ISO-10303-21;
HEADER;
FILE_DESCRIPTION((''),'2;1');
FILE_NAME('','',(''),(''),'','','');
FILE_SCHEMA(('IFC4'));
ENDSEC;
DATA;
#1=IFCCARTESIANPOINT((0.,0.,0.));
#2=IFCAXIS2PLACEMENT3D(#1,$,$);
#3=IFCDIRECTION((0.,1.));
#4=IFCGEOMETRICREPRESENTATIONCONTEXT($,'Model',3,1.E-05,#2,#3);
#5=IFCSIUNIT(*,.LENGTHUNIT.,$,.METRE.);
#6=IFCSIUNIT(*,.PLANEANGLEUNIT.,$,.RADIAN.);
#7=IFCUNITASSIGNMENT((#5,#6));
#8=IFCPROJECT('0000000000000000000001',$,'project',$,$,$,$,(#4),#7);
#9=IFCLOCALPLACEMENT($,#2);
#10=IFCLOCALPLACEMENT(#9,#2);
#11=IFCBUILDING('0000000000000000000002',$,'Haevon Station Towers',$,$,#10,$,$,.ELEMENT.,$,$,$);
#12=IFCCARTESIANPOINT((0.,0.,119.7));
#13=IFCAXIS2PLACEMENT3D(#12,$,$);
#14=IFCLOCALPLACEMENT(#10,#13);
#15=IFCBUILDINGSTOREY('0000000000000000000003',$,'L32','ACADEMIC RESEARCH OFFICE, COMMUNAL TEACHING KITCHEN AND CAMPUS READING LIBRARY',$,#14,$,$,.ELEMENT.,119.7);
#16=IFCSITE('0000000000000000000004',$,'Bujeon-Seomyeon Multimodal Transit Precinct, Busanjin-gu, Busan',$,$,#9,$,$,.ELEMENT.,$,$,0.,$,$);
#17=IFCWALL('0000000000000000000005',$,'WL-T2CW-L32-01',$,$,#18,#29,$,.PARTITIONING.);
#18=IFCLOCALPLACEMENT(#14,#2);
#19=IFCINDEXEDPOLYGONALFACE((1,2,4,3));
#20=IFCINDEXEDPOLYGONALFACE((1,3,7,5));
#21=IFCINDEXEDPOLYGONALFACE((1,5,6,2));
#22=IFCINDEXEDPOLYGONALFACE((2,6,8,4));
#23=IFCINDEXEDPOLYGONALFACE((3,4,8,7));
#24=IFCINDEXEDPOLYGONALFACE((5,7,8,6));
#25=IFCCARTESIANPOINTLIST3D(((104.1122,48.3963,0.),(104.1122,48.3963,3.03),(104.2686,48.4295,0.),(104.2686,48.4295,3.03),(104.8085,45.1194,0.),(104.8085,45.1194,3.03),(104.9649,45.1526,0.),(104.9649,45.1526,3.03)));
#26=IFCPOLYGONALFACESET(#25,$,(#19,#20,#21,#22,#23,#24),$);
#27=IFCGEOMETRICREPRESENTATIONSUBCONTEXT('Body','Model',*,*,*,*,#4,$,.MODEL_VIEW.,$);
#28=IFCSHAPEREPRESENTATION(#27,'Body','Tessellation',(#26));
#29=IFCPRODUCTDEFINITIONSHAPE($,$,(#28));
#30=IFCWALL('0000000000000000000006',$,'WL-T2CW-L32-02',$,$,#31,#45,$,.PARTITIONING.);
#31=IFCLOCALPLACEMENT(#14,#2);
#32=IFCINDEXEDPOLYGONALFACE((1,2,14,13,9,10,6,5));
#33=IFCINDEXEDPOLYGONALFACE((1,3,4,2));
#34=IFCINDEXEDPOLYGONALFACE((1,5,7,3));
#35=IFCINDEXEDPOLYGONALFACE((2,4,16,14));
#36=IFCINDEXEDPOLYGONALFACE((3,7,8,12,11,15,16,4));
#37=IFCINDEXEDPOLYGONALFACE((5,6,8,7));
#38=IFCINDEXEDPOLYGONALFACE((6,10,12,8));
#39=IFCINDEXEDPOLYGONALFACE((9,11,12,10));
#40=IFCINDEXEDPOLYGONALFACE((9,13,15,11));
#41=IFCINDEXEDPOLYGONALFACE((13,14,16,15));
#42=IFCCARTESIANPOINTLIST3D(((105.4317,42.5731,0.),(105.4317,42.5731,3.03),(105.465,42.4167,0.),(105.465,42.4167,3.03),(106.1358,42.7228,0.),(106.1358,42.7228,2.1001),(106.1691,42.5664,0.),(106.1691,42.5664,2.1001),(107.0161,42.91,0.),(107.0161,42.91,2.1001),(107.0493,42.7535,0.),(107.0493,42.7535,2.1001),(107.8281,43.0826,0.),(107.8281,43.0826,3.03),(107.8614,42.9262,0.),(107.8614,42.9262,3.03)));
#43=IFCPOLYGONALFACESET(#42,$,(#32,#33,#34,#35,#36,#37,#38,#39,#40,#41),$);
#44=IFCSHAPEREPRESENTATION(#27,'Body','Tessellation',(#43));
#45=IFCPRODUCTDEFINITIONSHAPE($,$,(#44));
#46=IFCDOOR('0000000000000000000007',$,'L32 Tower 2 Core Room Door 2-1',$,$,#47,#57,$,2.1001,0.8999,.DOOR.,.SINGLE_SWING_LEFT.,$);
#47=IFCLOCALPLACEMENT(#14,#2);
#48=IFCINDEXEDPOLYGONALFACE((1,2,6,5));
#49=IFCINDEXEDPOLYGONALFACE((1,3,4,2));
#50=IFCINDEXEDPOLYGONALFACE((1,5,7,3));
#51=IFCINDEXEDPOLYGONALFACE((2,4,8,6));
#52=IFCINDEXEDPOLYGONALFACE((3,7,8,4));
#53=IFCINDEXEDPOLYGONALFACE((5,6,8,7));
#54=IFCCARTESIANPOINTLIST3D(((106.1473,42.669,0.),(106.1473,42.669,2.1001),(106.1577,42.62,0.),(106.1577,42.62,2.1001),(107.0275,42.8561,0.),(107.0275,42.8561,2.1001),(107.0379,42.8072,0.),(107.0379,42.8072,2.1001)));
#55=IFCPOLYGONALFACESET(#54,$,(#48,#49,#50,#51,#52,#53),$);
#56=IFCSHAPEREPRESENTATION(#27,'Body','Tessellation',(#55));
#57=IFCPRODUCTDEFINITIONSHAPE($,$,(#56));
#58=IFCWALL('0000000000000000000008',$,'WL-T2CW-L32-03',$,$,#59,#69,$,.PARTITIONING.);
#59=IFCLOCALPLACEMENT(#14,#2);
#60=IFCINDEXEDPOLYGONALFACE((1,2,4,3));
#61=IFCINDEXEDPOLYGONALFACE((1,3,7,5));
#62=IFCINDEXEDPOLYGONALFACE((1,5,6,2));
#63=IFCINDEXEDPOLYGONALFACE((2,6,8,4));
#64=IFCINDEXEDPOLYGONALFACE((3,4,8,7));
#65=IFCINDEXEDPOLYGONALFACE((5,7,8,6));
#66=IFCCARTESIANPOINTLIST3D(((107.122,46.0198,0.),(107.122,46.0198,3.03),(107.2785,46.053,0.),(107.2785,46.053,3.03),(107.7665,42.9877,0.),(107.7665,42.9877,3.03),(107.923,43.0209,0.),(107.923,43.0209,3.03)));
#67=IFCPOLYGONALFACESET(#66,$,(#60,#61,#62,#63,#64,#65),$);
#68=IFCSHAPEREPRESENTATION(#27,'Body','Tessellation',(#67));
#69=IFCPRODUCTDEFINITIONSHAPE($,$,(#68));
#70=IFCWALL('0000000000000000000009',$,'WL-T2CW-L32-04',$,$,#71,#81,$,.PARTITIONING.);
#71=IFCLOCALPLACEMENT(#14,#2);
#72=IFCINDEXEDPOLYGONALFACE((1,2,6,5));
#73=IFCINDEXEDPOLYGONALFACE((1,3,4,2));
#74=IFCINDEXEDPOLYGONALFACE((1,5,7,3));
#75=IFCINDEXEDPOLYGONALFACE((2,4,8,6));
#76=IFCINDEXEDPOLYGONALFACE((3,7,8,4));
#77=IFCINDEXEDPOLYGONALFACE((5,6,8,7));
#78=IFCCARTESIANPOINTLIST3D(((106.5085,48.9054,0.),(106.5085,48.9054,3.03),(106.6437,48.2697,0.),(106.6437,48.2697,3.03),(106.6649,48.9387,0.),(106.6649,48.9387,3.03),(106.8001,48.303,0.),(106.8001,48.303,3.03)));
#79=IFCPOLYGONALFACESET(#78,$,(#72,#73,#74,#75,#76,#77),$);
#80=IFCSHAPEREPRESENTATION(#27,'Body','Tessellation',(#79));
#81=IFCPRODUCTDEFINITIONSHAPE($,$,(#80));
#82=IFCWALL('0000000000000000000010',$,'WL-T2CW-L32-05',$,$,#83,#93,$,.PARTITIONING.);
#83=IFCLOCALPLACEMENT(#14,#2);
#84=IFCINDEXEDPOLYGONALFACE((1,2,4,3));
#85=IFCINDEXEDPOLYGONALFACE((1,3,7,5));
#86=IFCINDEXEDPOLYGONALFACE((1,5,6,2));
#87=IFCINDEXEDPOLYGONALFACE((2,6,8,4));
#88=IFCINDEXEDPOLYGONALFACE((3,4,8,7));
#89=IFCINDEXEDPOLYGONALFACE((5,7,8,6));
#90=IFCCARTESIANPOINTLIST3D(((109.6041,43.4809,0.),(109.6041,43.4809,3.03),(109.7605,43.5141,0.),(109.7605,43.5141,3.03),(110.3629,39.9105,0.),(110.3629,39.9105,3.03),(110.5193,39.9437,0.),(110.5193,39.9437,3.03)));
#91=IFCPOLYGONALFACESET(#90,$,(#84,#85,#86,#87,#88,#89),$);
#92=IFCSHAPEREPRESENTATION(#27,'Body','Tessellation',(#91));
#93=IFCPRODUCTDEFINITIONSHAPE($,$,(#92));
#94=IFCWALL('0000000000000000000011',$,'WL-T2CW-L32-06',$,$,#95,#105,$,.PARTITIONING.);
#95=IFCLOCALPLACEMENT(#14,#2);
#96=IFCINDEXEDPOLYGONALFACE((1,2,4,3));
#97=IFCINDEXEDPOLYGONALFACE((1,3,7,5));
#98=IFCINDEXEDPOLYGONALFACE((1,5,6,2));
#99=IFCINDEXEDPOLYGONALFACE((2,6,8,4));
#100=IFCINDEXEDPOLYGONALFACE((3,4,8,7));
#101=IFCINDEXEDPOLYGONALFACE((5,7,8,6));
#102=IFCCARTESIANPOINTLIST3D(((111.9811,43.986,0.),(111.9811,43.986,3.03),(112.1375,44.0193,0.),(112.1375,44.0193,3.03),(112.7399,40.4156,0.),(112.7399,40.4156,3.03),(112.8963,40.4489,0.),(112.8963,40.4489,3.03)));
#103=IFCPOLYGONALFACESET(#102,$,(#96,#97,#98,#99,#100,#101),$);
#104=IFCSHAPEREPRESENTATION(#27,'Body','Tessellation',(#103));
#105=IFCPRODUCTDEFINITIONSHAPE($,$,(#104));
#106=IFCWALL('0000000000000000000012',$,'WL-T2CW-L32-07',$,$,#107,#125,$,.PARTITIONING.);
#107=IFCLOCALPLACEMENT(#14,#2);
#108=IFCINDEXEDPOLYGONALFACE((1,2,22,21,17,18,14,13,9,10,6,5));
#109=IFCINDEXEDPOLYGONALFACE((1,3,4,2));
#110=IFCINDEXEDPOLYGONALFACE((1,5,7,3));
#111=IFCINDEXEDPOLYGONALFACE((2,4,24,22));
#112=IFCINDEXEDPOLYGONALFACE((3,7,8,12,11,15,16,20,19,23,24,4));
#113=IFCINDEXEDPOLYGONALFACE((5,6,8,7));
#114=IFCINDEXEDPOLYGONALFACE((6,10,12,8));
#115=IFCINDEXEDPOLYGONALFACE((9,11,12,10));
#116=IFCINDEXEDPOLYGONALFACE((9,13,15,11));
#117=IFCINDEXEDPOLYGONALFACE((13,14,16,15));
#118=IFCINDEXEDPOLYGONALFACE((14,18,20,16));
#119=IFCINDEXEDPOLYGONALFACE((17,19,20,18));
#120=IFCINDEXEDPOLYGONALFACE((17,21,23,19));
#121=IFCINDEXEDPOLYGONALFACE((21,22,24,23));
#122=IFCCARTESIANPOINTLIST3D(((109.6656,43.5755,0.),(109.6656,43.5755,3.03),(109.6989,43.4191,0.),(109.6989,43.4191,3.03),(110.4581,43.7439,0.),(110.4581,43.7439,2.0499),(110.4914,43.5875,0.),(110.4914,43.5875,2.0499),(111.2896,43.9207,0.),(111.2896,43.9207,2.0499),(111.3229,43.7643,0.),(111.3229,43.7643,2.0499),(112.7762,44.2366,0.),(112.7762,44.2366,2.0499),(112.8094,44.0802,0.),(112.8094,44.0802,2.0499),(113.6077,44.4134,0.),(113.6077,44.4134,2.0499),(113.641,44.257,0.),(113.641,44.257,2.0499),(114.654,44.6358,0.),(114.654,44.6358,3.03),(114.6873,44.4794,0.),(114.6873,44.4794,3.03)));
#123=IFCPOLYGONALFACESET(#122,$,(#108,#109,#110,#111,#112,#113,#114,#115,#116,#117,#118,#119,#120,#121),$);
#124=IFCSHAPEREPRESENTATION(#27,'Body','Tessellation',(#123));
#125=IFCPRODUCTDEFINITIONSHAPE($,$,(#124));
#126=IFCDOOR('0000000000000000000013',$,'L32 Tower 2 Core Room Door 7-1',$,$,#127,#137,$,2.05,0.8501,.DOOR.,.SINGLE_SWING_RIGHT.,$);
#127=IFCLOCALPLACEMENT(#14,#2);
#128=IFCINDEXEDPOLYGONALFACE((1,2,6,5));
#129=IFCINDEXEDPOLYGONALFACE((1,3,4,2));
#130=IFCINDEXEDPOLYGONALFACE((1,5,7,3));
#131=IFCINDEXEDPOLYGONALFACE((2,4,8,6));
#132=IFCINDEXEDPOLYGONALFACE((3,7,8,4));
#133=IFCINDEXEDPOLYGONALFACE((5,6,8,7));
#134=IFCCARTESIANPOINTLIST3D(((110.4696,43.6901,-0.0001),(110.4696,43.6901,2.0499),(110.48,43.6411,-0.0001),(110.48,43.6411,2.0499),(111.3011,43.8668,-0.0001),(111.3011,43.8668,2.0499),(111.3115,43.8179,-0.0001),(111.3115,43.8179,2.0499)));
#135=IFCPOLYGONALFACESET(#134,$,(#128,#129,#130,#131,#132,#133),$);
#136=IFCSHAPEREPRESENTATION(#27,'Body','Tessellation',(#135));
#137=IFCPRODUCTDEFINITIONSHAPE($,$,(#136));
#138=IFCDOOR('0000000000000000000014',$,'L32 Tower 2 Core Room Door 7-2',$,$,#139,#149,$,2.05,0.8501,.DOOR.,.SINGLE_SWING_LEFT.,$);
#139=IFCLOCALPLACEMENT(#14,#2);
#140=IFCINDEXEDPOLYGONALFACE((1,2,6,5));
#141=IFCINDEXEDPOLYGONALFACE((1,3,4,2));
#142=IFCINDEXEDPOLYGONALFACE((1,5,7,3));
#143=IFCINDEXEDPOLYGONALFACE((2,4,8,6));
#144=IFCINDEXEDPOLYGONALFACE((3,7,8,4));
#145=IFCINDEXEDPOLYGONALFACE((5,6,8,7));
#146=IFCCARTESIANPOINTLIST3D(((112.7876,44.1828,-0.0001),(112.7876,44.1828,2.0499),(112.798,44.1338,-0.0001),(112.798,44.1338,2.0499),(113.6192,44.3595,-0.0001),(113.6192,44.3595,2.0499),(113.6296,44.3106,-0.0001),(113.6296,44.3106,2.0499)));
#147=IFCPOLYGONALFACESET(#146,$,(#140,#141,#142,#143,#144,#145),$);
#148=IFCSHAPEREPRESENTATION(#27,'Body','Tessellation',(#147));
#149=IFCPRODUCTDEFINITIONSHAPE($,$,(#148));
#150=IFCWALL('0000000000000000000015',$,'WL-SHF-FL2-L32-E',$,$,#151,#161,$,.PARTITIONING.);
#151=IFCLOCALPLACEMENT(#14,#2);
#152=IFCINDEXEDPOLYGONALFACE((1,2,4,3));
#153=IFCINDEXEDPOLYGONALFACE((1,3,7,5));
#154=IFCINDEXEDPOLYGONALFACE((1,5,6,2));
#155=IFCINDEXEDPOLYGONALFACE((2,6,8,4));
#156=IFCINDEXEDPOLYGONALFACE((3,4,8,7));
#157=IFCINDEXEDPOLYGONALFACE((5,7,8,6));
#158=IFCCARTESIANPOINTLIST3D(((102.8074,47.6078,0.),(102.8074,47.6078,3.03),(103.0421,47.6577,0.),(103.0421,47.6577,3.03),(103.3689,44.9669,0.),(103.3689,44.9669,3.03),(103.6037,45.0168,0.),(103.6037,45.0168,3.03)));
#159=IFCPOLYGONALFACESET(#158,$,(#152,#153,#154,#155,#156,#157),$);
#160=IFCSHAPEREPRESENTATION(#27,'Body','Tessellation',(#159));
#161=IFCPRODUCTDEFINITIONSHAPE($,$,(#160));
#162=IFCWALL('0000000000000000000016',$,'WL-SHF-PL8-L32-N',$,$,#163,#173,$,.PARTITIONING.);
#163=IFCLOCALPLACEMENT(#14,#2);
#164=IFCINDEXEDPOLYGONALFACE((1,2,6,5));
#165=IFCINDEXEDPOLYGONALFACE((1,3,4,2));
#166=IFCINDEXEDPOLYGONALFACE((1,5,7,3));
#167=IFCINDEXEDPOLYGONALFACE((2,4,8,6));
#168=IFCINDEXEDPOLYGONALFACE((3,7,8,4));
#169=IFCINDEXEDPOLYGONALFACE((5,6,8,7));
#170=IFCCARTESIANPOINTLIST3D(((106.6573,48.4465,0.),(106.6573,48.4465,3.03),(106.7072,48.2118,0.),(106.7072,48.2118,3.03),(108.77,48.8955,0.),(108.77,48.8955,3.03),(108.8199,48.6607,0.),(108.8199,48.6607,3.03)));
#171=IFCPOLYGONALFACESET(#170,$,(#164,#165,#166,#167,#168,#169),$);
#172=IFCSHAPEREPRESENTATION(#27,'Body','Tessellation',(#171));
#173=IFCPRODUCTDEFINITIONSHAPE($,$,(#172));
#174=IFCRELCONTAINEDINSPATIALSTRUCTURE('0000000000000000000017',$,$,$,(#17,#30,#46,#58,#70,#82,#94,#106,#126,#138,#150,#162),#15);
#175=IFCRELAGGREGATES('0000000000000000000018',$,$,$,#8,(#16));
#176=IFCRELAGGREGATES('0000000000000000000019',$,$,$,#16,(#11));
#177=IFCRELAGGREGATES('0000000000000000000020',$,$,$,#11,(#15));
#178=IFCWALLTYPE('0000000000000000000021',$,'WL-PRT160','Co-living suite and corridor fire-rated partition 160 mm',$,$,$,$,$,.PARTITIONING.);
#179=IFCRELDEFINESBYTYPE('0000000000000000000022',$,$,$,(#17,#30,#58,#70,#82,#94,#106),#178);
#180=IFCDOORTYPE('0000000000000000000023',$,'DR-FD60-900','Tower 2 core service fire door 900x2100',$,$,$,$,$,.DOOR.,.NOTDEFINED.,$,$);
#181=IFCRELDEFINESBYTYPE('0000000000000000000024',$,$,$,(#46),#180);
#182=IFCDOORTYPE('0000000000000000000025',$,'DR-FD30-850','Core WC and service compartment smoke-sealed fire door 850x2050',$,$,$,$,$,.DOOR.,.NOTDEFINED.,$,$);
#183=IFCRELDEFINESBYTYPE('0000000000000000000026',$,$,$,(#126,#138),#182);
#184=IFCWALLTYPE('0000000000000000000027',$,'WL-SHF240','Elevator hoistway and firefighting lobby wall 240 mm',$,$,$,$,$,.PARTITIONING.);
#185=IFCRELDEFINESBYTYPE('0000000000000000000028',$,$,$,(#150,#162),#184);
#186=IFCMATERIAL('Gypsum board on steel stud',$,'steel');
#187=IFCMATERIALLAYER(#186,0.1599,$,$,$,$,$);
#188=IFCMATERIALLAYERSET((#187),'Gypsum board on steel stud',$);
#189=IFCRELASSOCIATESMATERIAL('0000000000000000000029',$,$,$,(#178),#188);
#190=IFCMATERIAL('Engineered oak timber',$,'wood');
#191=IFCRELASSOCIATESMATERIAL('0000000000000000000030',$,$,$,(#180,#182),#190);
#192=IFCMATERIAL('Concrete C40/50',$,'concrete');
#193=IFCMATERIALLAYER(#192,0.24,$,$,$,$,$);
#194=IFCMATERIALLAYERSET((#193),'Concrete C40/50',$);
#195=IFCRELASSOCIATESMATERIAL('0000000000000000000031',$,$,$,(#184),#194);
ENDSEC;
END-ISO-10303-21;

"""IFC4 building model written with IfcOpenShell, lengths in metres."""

from ifc_helpers import new_model, si_unit, direction, frame, frame_2d, origin, place, context, subcontext, project, spatial, rectangle, extrude, material, layer, layer_set, type_object, element, fill, save


model = new_model("IFC4")

# Units and contexts
model_context = context("Model", 3, precision=1e-05, world=origin(), true_north=direction((0.0, 1.0)))
body_context = subcontext(model_context, "Body", "Model", "MODEL_VIEW")
ifc_project = project(units=[si_unit("LENGTHUNIT", "METRE"), si_unit("PLANEANGLEUNIT", "RADIAN")], contexts=[model_context])

# Site, building, storey
site_placement = place(None, origin())
site = spatial("IfcSite", under=ifc_project, at=site_placement, Name="Bujeon-Seomyeon Multimodal Transit Precinct, Busanjin-gu, Busan", CompositionType="ELEMENT", RefElevation=0.0)
building_placement = place(site_placement, origin())
building = spatial("IfcBuilding", under=site, at=building_placement, Name="Haevon Station Towers", CompositionType="ELEMENT")
storey_placement = place(building_placement, frame((0.0, 0.0, 119.7)))
storey = spatial("IfcBuildingStorey", under=building, at=storey_placement, Name="L32", Description="ACADEMIC RESEARCH OFFICE, COMMUNAL TEACHING KITCHEN AND CAMPUS READING LIBRARY", CompositionType="ELEMENT", Elevation=119.7)

# Shared definitions
ifc_material_1 = material(Name="Gypsum board on steel stud", Category="steel")
ifc_material_2 = material(Name="Engineered oak timber", Category="wood")

# Wall
ifc_layer_1 = layer(ifc_material_1, 0.1599)
ifc_layer_set_1 = layer_set([ifc_layer_1], Name="Gypsum board on steel stud")
wall_type_1 = type_object("IfcWallType", Name="WL-PRT160", Description="Co-living suite and corridor fire-rated partition 160 mm", PredefinedType="PARTITIONING", material=ifc_layer_set_1)
wall_1_placement = place(storey_placement, frame((104.8867, 45.136, 0.0), z_axis=(0.0, 0.0, 1.0), x_axis=(-0.207847, 0.978161, 0.0)))
element("IfcWall", 1, at=wall_1_placement, inside=storey, type_object=wall_type_1, Name="WL-T2CW-L32-01", PredefinedType="PARTITIONING", context=body_context, shape_type="SweptSolid", body=[
    extrude(rectangle(XDim=3.3501, YDim=0.1599, at=frame_2d((1.675, 0.0))), origin(), (0.0, 0.0, 1.0), 3.03),
])

# Wall, opening, door
wall_2_placement = place(storey_placement, frame((105.4482, 42.4949, 0.0), z_axis=(0.0, 0.0, 1.0), x_axis=(0.978137, 0.207964, 0.0)))
wall_2 = element("IfcWall", 2, at=wall_2_placement, inside=storey, type_object=wall_type_1, Name="WL-T2CW-L32-02", PredefinedType="PARTITIONING", context=body_context, shape_type="SweptSolid", body=[
    extrude(rectangle(XDim=2.45, YDim=0.1599, at=frame_2d((1.2251, 0.0))), origin(), (0.0, 0.0, 1.0), 3.03),
])
opening_1_placement = place(wall_2_placement, frame((0.72, 0.0, 0.0)))
opening_1 = element("IfcOpeningElement", 3, at=opening_1_placement, cuts=wall_2, PredefinedType="OPENING", context=body_context, shape_type="SweptSolid", body=[
    extrude(rectangle(XDim=0.8999, YDim=2.1001, at=frame_2d((0.45, 1.05))), frame((0.0, 0.0898, 0.0), z_axis=(0.0, -1.0, 0.0), x_axis=(1.0, 0.0, 0.0)), (0.0, 0.0, 1.0), 0.1799),
])
door_type_1 = type_object("IfcDoorType", Name="DR-FD60-900", Description="Tower 2 core service fire door 900x2100", OperationType="NOTDEFINED", PredefinedType="DOOR", material=ifc_material_2)
door_1_placement = place(opening_1_placement, origin())
door_1 = element("IfcDoor", 4, at=door_1_placement, inside=storey, type_object=door_type_1, Name="L32 Tower 2 Core Room Door 2-1", OperationType="SINGLE_SWING_LEFT", OverallHeight=2.1001, OverallWidth=0.8999, PredefinedType="DOOR", context=body_context, shape_type="SweptSolid", body=[
    extrude(rectangle(XDim=0.8999, YDim=2.1001, at=frame_2d((0.45, 1.05))), frame((0.0, 0.0249, 0.0), z_axis=(0.0, -1.0, 0.0), x_axis=(1.0, 0.0, 0.0)), (0.0, 0.0, 1.0), 0.05),
])
fill(opening_1, door_1)

# Walls
wall_3_placement = place(storey_placement, frame((107.8447, 43.0044, 0.0), z_axis=(0.0, 0.0, 1.0), x_axis=(-0.207915, 0.978147, 0.0)))
element("IfcWall", 5, at=wall_3_placement, inside=storey, type_object=wall_type_1, Name="WL-T2CW-L32-03", PredefinedType="PARTITIONING", context=body_context, shape_type="SweptSolid", body=[
    extrude(rectangle(XDim=3.0999, YDim=0.1599, at=frame_2d((1.5498, 0.0))), origin(), (0.0, 0.0, 1.0), 3.03),
])
wall_4_placement = place(storey_placement, frame((106.7219, 48.2864, 0.0), z_axis=(0.0, 0.0, 1.0), x_axis=(-0.208092, 0.978109, 0.0)))
element("IfcWall", 6, at=wall_4_placement, inside=storey, type_object=wall_type_1, Name="WL-T2CW-L32-04", PredefinedType="PARTITIONING", context=body_context, shape_type="SweptSolid", body=[
    extrude(rectangle(XDim=0.6499, YDim=0.1599, at=frame_2d((0.325, 0.0))), origin(), (0.0, 0.0, 1.0), 3.03),
])
for number, where, z_axis, x_axis, name in (
    (7, (110.4412, 39.927, 0.0), (0.0, 0.0, 1.0), (-0.207884, 0.978153, 0.0), "WL-T2CW-L32-05"),
    (8, (112.8181, 40.4321, 0.0), (0.0, 0.0, 1.0), (-0.207884, 0.978153, 0.0), "WL-T2CW-L32-06"),
):
    element("IfcWall", number, at=place(storey_placement, frame(where, z_axis=z_axis, x_axis=x_axis)), inside=storey, type_object=wall_type_1, Name=name, PredefinedType="PARTITIONING", context=body_context, shape_type="SweptSolid", body=[
        extrude(rectangle(XDim=3.6501, YDim=0.1599, at=frame_2d((1.8252, 0.0))), origin(), (0.0, 0.0, 1.0), 3.03),
    ])

# Wall, openings, doors
wall_5_placement = place(storey_placement, frame((109.6824, 43.4973, 0.0), z_axis=(0.0, 0.0, 1.0), x_axis=(0.978149, 0.207904, 0.0)))
wall_5 = element("IfcWall", 9, at=wall_5_placement, inside=storey, type_object=wall_type_1, Name="WL-T2CW-L32-07", PredefinedType="PARTITIONING", context=body_context, shape_type="SweptSolid", body=[
    extrude(rectangle(XDim=5.0999, YDim=0.1599, at=frame_2d((2.5498, 0.0))), origin(), (0.0, 0.0, 1.0), 3.03),
])
opening_2_placement = place(wall_5_placement, frame((0.8101, 0.0, 0.0)))
opening_2 = element("IfcOpeningElement", 10, at=opening_2_placement, cuts=wall_5, PredefinedType="OPENING", context=body_context, shape_type="SweptSolid", body=[
    extrude(rectangle(XDim=0.8501, YDim=2.05, at=frame_2d((0.425, 1.0249))), frame((0.0, 0.0898, 0.0), z_axis=(0.0, -1.0, 0.0), x_axis=(1.0, 0.0, 0.0)), (0.0, 0.0, 1.0), 0.1799),
])
opening_3_placement = place(wall_5_placement, frame((3.1799, 0.0, 0.0)))
opening_3 = element("IfcOpeningElement", 11, at=opening_3_placement, cuts=wall_5, PredefinedType="OPENING", context=body_context, shape_type="SweptSolid", body=[
    extrude(rectangle(XDim=0.8501, YDim=2.05, at=frame_2d((0.425, 1.0249))), frame((0.0, 0.0898, 0.0), z_axis=(0.0, -1.0, 0.0), x_axis=(1.0, 0.0, 0.0)), (0.0, 0.0, 1.0), 0.1799),
])
door_type_2 = type_object("IfcDoorType", Name="DR-FD30-850", Description="Core WC and service compartment smoke-sealed fire door 850x2050", OperationType="NOTDEFINED", PredefinedType="DOOR", material=ifc_material_2)
door_2_placement = place(opening_2_placement, origin())
door_2 = element("IfcDoor", 12, at=door_2_placement, inside=storey, type_object=door_type_2, Name="L32 Tower 2 Core Room Door 7-1", OperationType="SINGLE_SWING_RIGHT", OverallHeight=2.05, OverallWidth=0.8501, PredefinedType="DOOR", context=body_context, shape_type="SweptSolid", body=[
    extrude(rectangle(XDim=0.8501, YDim=2.05, at=frame_2d((0.425, 1.0249))), frame((0.0, 0.0249, 0.0), z_axis=(0.0, -1.0, 0.0), x_axis=(1.0, 0.0, 0.0)), (0.0, 0.0, 1.0), 0.05),
])
fill(opening_2, door_2)
door_3_placement = place(opening_3_placement, origin())
door_3 = element("IfcDoor", 13, at=door_3_placement, inside=storey, type_object=door_type_2, Name="L32 Tower 2 Core Room Door 7-2", OperationType="SINGLE_SWING_LEFT", OverallHeight=2.05, OverallWidth=0.8501, PredefinedType="DOOR", context=body_context, shape_type="SweptSolid", body=[
    extrude(rectangle(XDim=0.8501, YDim=2.05, at=frame_2d((0.425, 1.0249))), frame((0.0, 0.0249, 0.0), z_axis=(0.0, -1.0, 0.0), x_axis=(1.0, 0.0, 0.0)), (0.0, 0.0, 1.0), 0.05),
])
fill(opening_3, door_3)

# Wall
ifc_material_3 = material(Name="Concrete C40/50", Category="concrete")
ifc_layer_2 = layer(ifc_material_3, 0.24)
ifc_layer_set_2 = layer_set([ifc_layer_2], Name="Concrete C40/50")
wall_type_2 = type_object("IfcWallType", Name="WL-SHF240", Description="Elevator hoistway and firefighting lobby wall 240 mm", PredefinedType="PARTITIONING", material=ifc_layer_set_2)
wall_6_placement = place(storey_placement, frame((103.4863, 44.9917, 0.0), z_axis=(0.0, 0.0, 1.0), x_axis=(-0.207979, 0.978133, 0.0)))
element("IfcWall", 14, at=wall_6_placement, inside=storey, type_object=wall_type_2, Name="WL-SHF-FL2-L32-E", PredefinedType="PARTITIONING", context=body_context, shape_type="SweptSolid", body=[
    extrude(rectangle(XDim=2.7, YDim=0.24, at=frame_2d((1.3501, 0.0))), origin(), (0.0, 0.0, 1.0), 3.03),
])

# Wall
wall_7_placement = place(storey_placement, frame((106.6821, 48.3291, 0.0), z_axis=(0.0, 0.0, 1.0), x_axis=(0.978158, 0.207861, 0.0)))
element("IfcWall", 15, at=wall_7_placement, inside=storey, type_object=wall_type_2, Name="WL-SHF-PL8-L32-N", PredefinedType="PARTITIONING", context=body_context, shape_type="SweptSolid", body=[
    extrude(rectangle(XDim=2.1599, YDim=0.24, at=frame_2d((1.0801, 0.0))), origin(), (0.0, 0.0, 1.0), 3.03),
])

save(model, "model.ifc")
